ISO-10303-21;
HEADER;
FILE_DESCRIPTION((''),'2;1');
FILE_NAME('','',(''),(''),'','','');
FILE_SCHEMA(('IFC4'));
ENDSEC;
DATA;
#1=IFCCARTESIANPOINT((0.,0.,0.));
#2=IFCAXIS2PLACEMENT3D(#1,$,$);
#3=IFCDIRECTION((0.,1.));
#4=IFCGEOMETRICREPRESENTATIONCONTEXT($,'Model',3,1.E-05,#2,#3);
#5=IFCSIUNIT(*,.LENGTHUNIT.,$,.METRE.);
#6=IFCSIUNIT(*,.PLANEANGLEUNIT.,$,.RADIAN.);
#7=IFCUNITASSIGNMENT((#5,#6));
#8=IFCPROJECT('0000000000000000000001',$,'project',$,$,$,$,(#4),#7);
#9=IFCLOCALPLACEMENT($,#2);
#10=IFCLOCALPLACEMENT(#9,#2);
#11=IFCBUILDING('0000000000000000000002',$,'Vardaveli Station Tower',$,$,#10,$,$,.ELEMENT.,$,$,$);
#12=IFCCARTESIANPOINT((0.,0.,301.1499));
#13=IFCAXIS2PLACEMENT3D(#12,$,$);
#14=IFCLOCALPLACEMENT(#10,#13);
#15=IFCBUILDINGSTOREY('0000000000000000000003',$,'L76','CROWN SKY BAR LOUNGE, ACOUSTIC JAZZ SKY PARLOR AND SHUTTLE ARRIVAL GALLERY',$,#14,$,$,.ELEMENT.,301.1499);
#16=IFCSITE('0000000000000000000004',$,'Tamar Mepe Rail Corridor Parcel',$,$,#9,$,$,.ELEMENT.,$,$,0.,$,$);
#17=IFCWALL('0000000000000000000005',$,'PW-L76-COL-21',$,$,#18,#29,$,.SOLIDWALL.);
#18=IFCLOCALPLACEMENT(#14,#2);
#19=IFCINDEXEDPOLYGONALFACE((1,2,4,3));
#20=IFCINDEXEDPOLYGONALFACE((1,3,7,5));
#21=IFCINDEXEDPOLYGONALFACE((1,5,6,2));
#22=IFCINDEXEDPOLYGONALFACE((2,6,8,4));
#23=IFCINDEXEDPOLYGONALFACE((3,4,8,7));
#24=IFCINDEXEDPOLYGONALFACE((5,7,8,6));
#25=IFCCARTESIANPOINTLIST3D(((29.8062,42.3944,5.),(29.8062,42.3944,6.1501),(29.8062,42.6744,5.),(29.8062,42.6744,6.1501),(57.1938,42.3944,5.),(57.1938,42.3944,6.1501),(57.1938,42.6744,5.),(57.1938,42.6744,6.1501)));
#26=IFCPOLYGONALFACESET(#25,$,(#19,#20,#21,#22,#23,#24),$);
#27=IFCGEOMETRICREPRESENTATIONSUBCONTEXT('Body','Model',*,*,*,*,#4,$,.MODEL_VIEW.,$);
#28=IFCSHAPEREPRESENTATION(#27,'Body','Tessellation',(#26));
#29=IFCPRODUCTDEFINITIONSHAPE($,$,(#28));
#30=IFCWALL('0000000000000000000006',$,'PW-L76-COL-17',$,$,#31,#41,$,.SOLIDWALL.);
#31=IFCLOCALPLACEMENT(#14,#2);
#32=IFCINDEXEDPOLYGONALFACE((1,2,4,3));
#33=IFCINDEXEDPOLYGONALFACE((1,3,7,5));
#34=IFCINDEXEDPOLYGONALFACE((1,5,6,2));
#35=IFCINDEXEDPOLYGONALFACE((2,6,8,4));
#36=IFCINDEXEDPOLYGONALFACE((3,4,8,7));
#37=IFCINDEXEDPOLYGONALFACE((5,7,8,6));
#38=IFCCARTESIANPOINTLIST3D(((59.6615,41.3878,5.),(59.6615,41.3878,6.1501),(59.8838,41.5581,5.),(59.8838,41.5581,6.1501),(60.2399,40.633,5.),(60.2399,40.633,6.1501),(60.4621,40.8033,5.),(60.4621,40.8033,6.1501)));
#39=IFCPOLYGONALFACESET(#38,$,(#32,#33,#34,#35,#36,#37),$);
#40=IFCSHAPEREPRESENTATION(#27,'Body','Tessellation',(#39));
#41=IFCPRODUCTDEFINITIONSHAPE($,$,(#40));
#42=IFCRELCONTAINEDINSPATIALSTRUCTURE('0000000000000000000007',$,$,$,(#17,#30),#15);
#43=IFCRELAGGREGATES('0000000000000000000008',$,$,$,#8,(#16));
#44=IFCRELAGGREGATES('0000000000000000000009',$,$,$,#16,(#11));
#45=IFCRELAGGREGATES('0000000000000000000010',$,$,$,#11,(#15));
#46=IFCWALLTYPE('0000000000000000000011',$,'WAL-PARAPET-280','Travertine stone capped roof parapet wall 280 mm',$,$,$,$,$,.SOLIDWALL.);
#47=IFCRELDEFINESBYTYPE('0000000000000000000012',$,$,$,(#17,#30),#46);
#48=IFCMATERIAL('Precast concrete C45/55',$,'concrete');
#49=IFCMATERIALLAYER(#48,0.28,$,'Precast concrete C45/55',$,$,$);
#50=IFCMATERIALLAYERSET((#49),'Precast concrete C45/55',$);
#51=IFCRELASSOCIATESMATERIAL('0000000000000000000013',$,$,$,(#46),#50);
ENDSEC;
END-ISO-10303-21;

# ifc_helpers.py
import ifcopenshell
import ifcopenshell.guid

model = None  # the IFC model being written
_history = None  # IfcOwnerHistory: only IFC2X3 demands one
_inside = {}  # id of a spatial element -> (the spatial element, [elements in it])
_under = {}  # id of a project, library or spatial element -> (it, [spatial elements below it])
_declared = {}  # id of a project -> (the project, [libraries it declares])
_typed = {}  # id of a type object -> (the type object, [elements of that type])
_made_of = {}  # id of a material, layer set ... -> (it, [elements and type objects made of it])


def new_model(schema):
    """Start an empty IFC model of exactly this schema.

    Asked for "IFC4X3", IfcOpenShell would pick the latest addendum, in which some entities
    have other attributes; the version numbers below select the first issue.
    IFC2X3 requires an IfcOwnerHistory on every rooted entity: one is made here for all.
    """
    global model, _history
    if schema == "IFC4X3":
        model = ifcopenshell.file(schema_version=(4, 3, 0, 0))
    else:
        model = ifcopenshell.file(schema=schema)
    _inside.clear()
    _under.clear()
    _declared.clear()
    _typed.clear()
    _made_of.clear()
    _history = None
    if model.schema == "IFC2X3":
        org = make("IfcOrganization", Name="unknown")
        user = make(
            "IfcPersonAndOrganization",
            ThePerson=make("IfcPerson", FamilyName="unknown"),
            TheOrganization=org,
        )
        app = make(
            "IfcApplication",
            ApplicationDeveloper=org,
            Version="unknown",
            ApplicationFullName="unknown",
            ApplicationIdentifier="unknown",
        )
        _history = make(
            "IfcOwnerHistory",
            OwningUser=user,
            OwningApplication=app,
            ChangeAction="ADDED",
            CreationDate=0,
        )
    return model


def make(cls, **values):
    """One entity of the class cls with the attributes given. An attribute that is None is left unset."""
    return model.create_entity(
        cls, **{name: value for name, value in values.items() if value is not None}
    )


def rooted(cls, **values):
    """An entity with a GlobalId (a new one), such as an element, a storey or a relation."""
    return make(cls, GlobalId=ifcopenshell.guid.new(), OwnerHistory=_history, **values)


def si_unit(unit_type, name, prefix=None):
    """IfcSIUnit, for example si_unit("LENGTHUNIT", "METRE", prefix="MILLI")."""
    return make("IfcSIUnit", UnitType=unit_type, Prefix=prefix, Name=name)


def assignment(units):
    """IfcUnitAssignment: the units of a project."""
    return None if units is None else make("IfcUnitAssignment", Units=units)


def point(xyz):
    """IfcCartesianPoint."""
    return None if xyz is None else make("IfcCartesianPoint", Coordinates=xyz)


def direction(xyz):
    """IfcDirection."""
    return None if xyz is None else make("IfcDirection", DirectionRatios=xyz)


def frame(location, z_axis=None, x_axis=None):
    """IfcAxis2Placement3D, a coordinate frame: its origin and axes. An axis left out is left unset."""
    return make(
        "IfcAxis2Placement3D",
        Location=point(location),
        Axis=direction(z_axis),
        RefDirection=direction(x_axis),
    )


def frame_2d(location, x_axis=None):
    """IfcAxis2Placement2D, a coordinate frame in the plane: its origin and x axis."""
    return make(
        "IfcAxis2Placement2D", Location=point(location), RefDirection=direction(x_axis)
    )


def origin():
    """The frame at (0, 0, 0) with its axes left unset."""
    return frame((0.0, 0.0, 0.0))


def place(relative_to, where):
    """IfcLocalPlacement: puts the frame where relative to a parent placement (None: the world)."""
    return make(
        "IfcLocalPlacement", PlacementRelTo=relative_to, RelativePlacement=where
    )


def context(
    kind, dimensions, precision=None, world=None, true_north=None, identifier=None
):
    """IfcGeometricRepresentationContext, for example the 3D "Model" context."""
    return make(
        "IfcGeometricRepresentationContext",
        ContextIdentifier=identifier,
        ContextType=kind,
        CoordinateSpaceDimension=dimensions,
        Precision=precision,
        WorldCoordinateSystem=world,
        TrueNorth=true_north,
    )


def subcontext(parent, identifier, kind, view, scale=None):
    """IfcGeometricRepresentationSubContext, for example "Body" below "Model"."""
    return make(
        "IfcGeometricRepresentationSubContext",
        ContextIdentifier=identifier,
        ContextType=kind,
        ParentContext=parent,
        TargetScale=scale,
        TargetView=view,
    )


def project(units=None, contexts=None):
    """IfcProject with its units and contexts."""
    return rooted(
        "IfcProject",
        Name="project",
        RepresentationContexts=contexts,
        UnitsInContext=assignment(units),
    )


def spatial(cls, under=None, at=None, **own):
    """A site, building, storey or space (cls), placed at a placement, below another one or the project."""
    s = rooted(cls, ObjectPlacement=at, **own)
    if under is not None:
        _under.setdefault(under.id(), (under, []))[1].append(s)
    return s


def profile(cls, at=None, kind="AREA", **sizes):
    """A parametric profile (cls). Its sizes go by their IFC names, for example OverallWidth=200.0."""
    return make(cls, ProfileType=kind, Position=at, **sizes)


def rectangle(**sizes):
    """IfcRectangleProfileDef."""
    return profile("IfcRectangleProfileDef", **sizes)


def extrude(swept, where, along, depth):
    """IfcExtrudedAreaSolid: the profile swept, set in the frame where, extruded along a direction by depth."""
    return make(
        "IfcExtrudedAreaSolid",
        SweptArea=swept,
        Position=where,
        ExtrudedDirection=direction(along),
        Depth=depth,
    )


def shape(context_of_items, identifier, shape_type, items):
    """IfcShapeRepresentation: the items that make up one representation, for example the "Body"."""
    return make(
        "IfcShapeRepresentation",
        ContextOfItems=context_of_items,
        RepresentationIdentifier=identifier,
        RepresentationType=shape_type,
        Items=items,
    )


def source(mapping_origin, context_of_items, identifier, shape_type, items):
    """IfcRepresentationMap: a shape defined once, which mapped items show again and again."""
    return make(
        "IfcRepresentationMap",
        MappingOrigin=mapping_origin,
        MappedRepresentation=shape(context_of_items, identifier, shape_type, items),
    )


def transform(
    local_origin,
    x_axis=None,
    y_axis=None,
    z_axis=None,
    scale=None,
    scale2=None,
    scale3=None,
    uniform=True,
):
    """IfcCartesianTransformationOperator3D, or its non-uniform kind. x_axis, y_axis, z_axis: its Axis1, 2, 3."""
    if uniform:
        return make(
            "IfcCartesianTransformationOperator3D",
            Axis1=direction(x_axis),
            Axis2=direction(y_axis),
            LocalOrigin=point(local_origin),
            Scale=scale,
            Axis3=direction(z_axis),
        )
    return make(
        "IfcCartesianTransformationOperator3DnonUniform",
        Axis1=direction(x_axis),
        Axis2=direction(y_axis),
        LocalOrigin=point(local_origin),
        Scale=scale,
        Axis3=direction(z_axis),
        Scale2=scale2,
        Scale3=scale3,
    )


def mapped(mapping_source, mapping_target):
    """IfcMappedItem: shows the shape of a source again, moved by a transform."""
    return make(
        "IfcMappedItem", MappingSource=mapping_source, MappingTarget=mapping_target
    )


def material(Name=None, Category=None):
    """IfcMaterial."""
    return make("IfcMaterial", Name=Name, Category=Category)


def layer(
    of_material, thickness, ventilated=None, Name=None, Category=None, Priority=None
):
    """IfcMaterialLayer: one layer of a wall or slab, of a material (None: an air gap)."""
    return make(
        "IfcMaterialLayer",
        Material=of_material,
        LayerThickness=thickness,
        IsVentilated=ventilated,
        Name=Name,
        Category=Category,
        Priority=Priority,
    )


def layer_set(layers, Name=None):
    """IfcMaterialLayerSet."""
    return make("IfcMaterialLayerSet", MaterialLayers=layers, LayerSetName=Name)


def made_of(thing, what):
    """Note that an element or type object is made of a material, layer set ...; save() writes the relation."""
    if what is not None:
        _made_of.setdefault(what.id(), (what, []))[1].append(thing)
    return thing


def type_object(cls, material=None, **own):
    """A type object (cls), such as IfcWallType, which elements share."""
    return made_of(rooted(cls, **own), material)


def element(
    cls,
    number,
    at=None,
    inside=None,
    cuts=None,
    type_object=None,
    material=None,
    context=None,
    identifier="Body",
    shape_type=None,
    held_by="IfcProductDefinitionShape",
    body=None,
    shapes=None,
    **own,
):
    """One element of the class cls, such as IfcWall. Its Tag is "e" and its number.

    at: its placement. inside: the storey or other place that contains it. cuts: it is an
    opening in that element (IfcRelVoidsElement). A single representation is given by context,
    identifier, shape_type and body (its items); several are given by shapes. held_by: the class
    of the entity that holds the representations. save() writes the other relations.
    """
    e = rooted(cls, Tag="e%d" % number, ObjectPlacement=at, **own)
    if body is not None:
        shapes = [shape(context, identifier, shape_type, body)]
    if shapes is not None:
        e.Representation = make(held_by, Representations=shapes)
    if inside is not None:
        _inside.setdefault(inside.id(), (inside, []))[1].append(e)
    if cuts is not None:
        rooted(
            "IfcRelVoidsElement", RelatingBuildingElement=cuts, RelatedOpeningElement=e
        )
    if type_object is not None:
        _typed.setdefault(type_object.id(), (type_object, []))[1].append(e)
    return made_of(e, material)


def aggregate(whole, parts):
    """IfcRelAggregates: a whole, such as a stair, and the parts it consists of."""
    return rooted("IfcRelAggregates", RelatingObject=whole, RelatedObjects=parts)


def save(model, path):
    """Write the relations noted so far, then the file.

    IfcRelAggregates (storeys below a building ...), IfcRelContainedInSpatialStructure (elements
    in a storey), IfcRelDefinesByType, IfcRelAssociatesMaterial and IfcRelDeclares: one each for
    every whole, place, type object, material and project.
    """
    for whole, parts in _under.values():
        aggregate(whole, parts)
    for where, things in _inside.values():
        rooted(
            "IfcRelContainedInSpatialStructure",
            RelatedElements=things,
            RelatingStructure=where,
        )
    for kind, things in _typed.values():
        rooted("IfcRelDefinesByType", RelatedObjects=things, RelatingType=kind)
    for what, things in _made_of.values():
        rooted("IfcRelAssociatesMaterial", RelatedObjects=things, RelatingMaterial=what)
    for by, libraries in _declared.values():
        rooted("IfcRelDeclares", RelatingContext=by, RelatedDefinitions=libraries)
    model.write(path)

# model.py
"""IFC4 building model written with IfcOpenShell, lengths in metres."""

from ifc_helpers import new_model, si_unit, direction, frame, frame_2d, origin, place, context, subcontext, project, spatial, rectangle, extrude, source, transform, mapped, material, layer, layer_set, type_object, element, save


model = new_model("IFC4")

# Units and contexts
model_context = context("Model", 3, precision=1e-05, world=origin(), true_north=direction((0.0, 1.0)))
body_context = subcontext(model_context, "Body", "Model", "MODEL_VIEW")
ifc_project = project(units=[si_unit("LENGTHUNIT", "METRE"), si_unit("PLANEANGLEUNIT", "RADIAN")], contexts=[model_context])

# Site, building, storey
site_placement = place(None, origin())
site = spatial("IfcSite", under=ifc_project, at=site_placement, Name="Tamar Mepe Rail Corridor Parcel", CompositionType="ELEMENT", RefElevation=0.0)
building_placement = place(site_placement, origin())
building = spatial("IfcBuilding", under=site, at=building_placement, Name="Vardaveli Station Tower", CompositionType="ELEMENT")
storey_placement = place(building_placement, frame((0.0, 0.0, 301.1499)))
storey = spatial("IfcBuildingStorey", under=building, at=storey_placement, Name="L76", Description="CROWN SKY BAR LOUNGE, ACOUSTIC JAZZ SKY PARLOR AND SHUTTLE ARRIVAL GALLERY", CompositionType="ELEMENT", Elevation=301.1499)

# Shared definitions
ifc_material_1 = material(Name="Precast concrete C45/55", Category="concrete")

# Walls
ifc_layer_1 = layer(ifc_material_1, 0.28, Name="Precast concrete C45/55")
ifc_layer_set_1 = layer_set([ifc_layer_1], Name="Precast concrete C45/55")
wall_type_1 = type_object("IfcWallType", Name="WAL-PARAPET-280", Description="Travertine stone capped roof parapet wall 280 mm", PredefinedType="SOLIDWALL", material=ifc_layer_set_1)
shared_shape_1 = source(origin(), body_context, "Body", "SweptSolid", [
    extrude(rectangle(XDim=27.3877, YDim=0.28, at=frame_2d((13.6938, 0.0))), origin(), (0.0, 0.0, 1.0), 1.1501),
])
wall_1_placement = place(storey_placement, frame((57.1938, 42.5344, 5.0), z_axis=(0.0, 0.0, 1.0), x_axis=(-1.0, 0.0, 0.0)))
element("IfcWall", 1, at=wall_1_placement, inside=storey, type_object=wall_type_1, Name="PW-L76-COL-21", PredefinedType="SOLIDWALL", context=body_context, shape_type="MappedRepresentation", body=[
    mapped(shared_shape_1, transform((0.0, 0.0, 0.0), scale=1.0)),
])
shared_shape_2 = source(origin(), body_context, "Body", "SweptSolid", [
    extrude(rectangle(XDim=0.9509, YDim=0.28, at=frame_2d((0.4756, 0.0))), origin(), (0.0, 0.0, 1.0), 1.1501),
])
wall_2_placement = place(storey_placement, frame((60.3511, 40.718, 5.0), z_axis=(0.0, 0.0, 1.0), x_axis=(-0.608184, 0.793796, 0.0)))
element("IfcWall", 2, at=wall_2_placement, inside=storey, type_object=wall_type_1, Name="PW-L76-COL-17", PredefinedType="SOLIDWALL", context=body_context, shape_type="MappedRepresentation", body=[
    mapped(shared_shape_2, transform((0.0, 0.0, 0.0), scale=1.0)),
])

save(model, "model.ifc")
